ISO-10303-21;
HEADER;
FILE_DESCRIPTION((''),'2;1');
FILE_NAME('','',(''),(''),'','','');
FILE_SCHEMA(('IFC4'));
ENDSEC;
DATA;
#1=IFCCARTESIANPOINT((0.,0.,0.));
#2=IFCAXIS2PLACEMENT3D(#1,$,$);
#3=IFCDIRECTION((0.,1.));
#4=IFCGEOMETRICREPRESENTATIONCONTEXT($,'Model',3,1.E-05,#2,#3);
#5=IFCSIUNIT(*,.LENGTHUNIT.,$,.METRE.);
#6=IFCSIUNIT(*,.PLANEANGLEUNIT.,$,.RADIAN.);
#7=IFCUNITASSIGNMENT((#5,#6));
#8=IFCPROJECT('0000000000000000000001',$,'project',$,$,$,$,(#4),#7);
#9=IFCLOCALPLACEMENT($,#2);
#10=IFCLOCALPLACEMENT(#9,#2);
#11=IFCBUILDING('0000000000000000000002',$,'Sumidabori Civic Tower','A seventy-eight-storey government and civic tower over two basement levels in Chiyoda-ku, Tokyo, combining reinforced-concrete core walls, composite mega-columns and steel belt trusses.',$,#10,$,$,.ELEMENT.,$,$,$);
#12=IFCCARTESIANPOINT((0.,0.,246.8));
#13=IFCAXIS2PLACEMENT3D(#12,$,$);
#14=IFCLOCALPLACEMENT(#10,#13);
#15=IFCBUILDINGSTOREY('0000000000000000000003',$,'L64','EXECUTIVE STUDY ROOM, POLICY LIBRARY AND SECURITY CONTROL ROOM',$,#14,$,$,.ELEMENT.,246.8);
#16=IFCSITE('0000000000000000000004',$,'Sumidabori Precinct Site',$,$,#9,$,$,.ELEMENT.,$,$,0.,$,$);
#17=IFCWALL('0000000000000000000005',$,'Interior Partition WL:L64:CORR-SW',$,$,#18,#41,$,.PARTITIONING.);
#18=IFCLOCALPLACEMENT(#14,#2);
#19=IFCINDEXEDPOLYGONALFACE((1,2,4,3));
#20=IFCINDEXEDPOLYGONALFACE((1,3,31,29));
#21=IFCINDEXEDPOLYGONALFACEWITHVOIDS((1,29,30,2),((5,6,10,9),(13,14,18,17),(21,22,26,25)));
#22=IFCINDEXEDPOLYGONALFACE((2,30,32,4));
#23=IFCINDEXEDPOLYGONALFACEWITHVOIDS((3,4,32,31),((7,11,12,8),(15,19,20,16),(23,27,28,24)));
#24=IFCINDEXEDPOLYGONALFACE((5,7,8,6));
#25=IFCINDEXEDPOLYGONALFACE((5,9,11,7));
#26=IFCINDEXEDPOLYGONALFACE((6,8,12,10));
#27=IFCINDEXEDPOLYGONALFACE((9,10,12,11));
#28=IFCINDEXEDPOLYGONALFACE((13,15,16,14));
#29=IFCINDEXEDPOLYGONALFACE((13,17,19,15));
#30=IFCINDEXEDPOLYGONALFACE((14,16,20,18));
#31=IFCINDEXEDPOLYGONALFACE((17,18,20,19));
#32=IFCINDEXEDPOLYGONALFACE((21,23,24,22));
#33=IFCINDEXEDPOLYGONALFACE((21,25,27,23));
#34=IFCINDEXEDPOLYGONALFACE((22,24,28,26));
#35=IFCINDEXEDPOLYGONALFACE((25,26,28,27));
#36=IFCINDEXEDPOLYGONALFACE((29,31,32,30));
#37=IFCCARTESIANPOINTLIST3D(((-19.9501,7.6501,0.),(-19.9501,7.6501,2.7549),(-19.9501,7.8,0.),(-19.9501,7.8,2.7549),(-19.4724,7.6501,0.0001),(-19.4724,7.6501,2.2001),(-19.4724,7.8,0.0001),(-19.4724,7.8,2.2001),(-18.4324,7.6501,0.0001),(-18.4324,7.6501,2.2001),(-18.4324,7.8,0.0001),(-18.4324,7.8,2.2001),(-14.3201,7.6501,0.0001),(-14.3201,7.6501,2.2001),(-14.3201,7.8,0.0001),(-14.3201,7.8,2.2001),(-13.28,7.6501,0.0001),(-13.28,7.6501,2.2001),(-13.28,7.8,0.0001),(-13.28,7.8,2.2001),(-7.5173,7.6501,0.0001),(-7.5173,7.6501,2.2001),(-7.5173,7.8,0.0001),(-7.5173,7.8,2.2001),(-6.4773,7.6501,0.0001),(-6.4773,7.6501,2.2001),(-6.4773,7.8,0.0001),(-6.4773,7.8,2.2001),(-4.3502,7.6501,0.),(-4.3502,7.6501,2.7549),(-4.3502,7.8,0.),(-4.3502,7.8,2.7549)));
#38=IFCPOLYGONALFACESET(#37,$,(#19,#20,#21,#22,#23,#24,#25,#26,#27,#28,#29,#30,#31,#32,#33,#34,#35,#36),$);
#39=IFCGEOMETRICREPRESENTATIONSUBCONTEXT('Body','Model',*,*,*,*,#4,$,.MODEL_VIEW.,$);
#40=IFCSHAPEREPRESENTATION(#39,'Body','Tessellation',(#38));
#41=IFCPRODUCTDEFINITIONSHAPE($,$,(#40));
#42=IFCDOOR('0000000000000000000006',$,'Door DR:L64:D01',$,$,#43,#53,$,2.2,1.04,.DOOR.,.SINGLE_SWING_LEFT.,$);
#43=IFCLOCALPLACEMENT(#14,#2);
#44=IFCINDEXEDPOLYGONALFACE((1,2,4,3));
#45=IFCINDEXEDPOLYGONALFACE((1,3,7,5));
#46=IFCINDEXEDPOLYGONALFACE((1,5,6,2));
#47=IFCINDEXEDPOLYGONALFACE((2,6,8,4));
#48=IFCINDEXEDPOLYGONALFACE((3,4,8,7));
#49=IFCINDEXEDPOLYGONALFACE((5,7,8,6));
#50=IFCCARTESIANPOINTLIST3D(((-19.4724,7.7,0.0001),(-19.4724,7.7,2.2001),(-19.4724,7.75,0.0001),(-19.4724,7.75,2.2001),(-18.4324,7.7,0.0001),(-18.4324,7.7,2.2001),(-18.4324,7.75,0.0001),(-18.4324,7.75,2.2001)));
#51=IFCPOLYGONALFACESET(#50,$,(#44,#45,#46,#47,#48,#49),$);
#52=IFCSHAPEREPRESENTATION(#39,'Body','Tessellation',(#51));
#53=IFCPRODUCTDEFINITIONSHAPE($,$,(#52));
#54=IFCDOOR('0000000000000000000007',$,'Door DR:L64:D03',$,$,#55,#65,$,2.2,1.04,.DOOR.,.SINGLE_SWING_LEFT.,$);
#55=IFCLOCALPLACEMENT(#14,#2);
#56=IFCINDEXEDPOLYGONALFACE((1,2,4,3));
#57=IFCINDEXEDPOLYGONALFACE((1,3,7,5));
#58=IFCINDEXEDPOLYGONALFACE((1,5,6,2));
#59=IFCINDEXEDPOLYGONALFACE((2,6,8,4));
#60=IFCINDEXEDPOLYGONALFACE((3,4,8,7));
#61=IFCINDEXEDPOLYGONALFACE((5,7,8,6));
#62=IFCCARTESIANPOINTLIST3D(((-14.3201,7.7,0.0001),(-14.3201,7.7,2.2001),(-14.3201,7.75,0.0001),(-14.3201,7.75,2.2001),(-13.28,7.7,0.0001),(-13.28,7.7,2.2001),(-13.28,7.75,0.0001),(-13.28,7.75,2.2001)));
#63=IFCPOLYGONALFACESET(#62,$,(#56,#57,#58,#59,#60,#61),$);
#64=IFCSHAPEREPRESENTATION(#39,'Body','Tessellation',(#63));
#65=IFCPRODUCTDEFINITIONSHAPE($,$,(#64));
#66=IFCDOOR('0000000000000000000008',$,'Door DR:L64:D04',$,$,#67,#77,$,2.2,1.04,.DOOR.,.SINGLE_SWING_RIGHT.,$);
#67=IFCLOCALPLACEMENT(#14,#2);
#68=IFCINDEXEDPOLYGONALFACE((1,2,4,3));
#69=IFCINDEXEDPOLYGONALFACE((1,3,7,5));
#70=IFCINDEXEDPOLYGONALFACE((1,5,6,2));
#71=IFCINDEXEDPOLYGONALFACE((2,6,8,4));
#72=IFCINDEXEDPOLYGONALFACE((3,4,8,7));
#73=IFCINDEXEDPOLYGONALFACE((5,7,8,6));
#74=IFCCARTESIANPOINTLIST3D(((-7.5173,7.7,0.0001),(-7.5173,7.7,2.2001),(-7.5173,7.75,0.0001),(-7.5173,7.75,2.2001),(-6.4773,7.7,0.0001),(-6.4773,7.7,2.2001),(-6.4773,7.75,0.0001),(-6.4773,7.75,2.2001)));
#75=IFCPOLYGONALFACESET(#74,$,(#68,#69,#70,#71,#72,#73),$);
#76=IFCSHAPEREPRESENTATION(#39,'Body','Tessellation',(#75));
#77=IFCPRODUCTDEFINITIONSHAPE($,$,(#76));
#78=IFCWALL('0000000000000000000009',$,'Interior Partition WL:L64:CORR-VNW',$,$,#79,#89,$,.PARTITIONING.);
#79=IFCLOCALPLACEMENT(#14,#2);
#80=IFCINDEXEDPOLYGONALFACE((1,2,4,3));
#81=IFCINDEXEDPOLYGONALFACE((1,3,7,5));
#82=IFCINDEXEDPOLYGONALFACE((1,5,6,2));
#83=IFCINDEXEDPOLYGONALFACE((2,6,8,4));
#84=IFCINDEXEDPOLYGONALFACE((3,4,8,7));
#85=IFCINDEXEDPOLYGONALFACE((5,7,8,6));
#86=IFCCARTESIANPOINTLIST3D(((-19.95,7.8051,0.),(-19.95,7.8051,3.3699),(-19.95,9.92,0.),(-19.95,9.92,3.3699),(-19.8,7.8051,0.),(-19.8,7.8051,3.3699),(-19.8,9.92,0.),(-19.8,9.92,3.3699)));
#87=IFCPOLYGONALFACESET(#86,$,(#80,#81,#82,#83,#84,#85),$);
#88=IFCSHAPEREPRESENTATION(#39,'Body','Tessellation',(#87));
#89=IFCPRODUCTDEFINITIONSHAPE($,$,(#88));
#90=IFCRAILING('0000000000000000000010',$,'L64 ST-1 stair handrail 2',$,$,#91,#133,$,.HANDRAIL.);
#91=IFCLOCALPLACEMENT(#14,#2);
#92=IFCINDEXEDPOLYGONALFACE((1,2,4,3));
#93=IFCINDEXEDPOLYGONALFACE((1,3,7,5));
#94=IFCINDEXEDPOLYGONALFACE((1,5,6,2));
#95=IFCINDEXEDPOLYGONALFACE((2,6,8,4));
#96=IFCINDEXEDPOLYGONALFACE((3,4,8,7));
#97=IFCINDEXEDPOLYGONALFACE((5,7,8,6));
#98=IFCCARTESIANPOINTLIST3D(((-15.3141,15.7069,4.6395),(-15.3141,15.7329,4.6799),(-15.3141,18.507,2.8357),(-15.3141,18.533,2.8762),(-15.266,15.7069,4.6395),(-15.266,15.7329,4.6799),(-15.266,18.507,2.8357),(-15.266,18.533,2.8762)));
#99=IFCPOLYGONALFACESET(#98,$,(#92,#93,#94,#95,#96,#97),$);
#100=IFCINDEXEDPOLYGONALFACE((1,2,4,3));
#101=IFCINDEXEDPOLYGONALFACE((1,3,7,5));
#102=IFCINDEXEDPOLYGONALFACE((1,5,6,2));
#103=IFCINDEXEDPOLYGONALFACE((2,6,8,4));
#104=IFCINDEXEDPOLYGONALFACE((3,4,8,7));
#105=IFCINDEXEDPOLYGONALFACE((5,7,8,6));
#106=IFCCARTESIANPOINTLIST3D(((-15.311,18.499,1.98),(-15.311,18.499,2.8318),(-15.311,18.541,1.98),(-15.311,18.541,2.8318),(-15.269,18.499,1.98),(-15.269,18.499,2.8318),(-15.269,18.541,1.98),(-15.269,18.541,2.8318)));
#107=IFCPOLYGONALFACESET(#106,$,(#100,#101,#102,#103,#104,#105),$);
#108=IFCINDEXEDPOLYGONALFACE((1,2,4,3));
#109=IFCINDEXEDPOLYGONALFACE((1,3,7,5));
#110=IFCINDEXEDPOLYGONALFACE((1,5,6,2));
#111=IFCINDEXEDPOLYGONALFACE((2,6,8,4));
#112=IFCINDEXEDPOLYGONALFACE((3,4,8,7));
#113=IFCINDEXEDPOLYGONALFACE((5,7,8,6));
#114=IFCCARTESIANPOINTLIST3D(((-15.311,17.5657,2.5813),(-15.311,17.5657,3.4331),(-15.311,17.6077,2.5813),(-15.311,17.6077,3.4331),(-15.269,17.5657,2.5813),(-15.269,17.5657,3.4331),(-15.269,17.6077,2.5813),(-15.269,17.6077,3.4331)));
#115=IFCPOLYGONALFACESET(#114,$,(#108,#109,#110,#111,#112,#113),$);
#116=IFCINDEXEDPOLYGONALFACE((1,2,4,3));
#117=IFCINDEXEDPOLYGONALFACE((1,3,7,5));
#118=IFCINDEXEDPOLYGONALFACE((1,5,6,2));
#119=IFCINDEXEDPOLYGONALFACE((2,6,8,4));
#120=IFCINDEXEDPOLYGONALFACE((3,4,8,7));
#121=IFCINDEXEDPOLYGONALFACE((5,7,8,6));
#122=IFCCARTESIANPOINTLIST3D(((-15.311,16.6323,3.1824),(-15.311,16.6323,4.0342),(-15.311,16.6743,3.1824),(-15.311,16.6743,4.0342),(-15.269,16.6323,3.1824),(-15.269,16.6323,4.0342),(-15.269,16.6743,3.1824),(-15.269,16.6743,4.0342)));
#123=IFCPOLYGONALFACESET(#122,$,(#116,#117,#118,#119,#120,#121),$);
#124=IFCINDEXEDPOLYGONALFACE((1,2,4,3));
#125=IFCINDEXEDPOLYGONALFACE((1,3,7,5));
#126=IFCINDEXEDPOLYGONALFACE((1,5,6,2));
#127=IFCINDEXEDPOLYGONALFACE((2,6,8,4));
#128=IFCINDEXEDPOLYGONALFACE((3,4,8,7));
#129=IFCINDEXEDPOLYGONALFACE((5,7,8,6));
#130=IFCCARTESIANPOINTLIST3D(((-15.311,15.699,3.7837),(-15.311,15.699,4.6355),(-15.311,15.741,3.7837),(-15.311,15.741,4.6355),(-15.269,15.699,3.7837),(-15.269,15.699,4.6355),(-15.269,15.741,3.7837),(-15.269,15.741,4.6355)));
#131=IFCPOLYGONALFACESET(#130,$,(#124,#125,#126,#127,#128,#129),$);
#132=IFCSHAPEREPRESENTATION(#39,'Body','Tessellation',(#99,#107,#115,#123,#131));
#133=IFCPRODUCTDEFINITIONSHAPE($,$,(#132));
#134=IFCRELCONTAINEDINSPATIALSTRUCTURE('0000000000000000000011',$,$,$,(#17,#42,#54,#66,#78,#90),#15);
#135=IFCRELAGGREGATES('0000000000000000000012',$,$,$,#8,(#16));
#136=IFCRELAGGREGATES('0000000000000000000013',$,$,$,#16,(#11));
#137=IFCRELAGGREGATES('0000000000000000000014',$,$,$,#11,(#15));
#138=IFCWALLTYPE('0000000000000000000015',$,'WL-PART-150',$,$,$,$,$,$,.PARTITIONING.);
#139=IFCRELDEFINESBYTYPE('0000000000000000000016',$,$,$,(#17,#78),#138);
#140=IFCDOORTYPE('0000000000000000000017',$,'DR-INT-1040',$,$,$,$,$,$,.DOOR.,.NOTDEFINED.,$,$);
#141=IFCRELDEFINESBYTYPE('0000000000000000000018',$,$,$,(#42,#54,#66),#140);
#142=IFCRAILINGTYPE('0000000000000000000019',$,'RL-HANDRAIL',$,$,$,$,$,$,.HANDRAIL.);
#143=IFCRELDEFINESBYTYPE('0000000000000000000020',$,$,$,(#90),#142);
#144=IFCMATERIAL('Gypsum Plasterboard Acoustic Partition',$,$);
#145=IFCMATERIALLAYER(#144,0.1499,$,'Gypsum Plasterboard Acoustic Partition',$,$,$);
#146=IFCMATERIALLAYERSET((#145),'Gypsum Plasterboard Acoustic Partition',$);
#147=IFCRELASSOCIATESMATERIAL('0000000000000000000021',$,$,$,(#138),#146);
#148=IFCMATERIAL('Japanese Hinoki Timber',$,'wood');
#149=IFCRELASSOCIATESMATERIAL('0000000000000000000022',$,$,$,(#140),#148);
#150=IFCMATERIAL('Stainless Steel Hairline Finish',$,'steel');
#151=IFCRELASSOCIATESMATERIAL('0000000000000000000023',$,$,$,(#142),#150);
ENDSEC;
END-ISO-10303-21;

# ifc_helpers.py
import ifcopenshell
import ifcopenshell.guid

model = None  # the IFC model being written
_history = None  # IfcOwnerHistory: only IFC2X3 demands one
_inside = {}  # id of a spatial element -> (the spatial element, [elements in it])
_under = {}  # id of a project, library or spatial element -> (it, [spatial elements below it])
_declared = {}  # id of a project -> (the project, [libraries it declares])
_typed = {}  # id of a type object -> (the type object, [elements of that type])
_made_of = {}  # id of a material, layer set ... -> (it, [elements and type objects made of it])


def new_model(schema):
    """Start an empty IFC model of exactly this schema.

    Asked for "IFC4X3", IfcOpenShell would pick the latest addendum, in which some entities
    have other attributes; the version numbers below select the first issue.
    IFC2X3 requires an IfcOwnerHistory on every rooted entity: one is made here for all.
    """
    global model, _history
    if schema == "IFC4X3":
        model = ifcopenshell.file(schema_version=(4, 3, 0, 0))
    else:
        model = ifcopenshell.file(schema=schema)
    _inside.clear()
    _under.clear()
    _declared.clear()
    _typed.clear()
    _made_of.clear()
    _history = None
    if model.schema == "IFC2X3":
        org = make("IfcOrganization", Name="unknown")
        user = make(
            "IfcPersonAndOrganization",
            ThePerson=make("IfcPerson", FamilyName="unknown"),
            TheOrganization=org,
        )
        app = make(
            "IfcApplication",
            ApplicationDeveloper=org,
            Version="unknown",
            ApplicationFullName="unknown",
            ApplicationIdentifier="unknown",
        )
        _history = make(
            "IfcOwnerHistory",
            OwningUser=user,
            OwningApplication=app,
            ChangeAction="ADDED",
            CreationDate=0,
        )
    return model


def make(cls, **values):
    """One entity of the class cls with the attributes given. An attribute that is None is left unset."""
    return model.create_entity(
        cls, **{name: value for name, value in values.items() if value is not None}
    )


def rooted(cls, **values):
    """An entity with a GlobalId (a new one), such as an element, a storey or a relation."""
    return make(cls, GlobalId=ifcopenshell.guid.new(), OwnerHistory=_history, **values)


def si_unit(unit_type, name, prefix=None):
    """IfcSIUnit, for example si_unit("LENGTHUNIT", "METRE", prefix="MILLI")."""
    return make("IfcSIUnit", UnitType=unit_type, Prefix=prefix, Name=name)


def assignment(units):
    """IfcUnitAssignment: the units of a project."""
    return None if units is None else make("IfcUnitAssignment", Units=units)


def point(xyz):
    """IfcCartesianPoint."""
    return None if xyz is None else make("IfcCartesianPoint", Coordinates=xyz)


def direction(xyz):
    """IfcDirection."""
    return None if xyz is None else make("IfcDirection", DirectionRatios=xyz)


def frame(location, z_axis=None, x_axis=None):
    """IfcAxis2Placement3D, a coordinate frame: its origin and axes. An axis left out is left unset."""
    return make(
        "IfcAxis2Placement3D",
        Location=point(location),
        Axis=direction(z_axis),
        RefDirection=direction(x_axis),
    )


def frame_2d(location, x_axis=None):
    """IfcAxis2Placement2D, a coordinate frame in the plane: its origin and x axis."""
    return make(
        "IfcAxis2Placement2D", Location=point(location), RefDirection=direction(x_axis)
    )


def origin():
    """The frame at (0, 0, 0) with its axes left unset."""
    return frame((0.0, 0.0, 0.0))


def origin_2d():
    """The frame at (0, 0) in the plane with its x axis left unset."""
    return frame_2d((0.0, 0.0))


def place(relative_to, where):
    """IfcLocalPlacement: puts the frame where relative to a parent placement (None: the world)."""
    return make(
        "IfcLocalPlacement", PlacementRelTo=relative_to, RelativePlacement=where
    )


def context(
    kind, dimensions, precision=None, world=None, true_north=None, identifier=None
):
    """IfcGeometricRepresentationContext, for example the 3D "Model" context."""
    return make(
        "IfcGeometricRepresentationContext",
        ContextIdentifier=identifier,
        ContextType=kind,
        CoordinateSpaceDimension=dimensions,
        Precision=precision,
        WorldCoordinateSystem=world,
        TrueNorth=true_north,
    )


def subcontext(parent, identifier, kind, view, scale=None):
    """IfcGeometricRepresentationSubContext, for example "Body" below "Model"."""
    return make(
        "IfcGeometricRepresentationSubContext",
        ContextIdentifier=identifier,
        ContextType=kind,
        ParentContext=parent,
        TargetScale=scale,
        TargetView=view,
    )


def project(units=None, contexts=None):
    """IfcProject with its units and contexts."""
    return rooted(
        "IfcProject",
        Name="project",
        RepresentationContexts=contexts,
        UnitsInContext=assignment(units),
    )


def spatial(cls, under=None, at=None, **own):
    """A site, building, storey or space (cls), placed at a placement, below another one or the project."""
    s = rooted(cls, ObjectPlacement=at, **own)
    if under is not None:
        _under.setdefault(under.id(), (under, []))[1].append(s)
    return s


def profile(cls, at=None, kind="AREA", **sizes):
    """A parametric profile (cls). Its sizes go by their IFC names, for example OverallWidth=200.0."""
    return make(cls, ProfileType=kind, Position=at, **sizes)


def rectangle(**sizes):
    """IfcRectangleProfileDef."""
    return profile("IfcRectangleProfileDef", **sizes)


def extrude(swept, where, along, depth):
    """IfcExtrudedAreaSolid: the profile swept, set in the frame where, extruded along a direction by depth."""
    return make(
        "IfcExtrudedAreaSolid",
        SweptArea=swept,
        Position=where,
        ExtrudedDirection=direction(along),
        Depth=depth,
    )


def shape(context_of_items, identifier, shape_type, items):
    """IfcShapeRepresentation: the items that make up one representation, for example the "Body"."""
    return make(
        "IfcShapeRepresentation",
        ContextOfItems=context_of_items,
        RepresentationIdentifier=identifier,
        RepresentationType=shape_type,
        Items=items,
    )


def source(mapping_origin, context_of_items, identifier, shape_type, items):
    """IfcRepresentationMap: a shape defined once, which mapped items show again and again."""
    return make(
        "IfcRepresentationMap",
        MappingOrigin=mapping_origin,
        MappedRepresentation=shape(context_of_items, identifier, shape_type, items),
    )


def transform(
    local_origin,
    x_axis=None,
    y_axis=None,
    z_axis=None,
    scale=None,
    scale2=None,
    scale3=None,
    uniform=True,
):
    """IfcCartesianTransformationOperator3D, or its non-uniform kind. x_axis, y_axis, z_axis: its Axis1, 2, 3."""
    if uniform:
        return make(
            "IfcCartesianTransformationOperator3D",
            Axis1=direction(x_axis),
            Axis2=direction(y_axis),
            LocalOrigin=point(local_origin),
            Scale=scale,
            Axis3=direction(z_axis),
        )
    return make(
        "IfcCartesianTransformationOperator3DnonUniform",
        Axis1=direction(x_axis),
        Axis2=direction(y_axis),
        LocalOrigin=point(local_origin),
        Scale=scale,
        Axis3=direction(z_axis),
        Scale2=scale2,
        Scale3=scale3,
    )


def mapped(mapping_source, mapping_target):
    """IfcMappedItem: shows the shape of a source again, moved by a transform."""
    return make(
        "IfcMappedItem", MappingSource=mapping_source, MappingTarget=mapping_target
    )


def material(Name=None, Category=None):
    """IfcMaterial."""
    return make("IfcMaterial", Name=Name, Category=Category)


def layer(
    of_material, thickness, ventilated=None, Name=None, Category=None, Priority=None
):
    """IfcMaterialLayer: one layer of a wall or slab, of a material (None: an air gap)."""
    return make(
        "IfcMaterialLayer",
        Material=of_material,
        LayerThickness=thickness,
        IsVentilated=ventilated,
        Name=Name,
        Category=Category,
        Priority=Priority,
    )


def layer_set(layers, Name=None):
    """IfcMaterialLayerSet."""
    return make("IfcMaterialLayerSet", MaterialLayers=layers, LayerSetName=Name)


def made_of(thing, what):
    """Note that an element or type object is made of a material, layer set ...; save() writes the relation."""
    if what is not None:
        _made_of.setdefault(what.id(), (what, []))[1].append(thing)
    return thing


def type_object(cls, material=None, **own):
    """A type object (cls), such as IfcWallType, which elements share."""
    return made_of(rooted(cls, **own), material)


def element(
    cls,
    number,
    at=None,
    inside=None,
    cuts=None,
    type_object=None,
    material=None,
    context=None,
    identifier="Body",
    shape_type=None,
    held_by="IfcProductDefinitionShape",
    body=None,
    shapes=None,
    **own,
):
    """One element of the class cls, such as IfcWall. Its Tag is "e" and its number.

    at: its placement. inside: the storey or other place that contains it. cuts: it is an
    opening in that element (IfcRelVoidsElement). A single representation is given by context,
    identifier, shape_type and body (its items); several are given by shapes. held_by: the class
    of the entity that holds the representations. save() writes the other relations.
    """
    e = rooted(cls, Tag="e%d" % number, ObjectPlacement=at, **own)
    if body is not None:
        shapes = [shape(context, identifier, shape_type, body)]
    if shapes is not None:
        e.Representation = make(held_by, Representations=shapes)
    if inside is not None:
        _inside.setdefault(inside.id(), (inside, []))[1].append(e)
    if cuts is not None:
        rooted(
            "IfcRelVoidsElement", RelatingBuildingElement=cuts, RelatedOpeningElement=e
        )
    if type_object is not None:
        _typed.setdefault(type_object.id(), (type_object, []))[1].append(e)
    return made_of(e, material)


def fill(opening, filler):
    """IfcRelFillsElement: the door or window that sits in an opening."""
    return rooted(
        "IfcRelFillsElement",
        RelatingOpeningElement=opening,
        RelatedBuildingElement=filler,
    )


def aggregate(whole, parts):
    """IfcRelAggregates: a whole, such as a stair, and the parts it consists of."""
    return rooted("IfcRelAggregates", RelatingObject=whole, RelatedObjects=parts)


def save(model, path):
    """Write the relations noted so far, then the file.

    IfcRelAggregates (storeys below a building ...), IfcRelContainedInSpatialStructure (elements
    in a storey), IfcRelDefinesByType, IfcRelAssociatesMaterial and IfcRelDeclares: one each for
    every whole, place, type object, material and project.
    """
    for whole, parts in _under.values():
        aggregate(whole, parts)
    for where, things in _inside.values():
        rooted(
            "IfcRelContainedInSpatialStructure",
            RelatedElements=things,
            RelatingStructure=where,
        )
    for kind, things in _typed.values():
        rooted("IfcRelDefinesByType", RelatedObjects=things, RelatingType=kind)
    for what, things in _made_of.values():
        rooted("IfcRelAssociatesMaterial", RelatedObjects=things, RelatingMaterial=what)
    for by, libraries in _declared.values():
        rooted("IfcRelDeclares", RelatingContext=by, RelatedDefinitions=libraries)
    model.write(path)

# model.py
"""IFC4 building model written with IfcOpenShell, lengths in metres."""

from ifc_helpers import new_model, si_unit, direction, frame, frame_2d, origin, origin_2d, place, context, subcontext, project, spatial, rectangle, extrude, source, transform, mapped, material, layer, layer_set, type_object, element, fill, save


model = new_model("IFC4")

# Units and contexts
model_context = context("Model", 3, precision=1e-05, world=origin(), true_north=direction((0.0, 1.0)))
body_context = subcontext(model_context, "Body", "Model", "MODEL_VIEW")
ifc_project = project(units=[si_unit("LENGTHUNIT", "METRE"), si_unit("PLANEANGLEUNIT", "RADIAN")], contexts=[model_context])

# Site, building, storey
site_placement = place(None, origin())
site = spatial("IfcSite", under=ifc_project, at=site_placement, Name="Sumidabori Precinct Site", CompositionType="ELEMENT", RefElevation=0.0)
building_placement = place(site_placement, origin())
building = spatial("IfcBuilding", under=site, at=building_placement, Name="Sumidabori Civic Tower", Description="A seventy-eight-storey government and civic tower over two basement levels in Chiyoda-ku, Tokyo, combining reinforced-concrete core walls, composite mega-columns and steel belt trusses.", CompositionType="ELEMENT")
storey_placement = place(building_placement, frame((0.0, 0.0, 246.8)))
storey = spatial("IfcBuildingStorey", under=building, at=storey_placement, Name="L64", Description="EXECUTIVE STUDY ROOM, POLICY LIBRARY AND SECURITY CONTROL ROOM", CompositionType="ELEMENT", Elevation=246.8)

# Shared definitions
ifc_material_1 = material(Name="Gypsum Plasterboard Acoustic Partition")
ifc_layer_1 = layer(ifc_material_1, 0.1499, Name="Gypsum Plasterboard Acoustic Partition")
ifc_layer_set_1 = layer_set([ifc_layer_1], Name="Gypsum Plasterboard Acoustic Partition")
wall_type_1 = type_object("IfcWallType", Name="WL-PART-150", PredefinedType="PARTITIONING", material=ifc_layer_set_1)
ifc_material_2 = material(Name="Japanese Hinoki Timber", Category="wood")
door_type_1 = type_object("IfcDoorType", Name="DR-INT-1040", OperationType="NOTDEFINED", PredefinedType="DOOR", material=ifc_material_2)
shared_shape_1 = source(origin(), body_context, "Body", "SweptSolid", [
    extrude(rectangle(XDim=1.04, YDim=2.2, at=frame_2d((0.52, 1.1001))), frame((0.0, 0.0249, 0.0), z_axis=(0.0, -1.0, 0.0), x_axis=(1.0, 0.0, 0.0)), (0.0, 0.0, 1.0), 0.05),
])

# Wall, openings, doors
shared_shape_2 = source(origin(), body_context, "Body", "SweptSolid", [
    extrude(rectangle(XDim=15.5999, YDim=0.1499, at=frame_2d((7.7998, 0.0))), origin(), (0.0, 0.0, 1.0), 2.7549),
])
wall_1_placement = place(storey_placement, frame((-19.95, 7.7251, 0.0), z_axis=(0.0, 0.0, 1.0), x_axis=(1.0, 0.0, 0.0)))
wall_1 = element("IfcWall", 1, at=wall_1_placement, inside=storey, type_object=wall_type_1, Name="Interior Partition WL:L64:CORR-SW", PredefinedType="PARTITIONING", context=body_context, shape_type="MappedRepresentation", body=[
    mapped(shared_shape_2, transform((0.0, 0.0, 0.0), x_axis=(1.0, 0.0, 0.0), y_axis=(0.0, 1.0, 0.0), z_axis=(0.0, 0.0, 1.0), scale=1.0)),
])
opening_1_placement = place(wall_1_placement, frame((0.4775, 0.0, 0.0)))
opening_1 = element("IfcOpeningElement", 2, at=opening_1_placement, cuts=wall_1, PredefinedType="OPENING", context=body_context, shape_type="SweptSolid", body=[
    extrude(rectangle(XDim=1.04, YDim=2.2, at=frame_2d((0.52, 1.1001))), frame((0.0, 0.0869, 0.0), z_axis=(0.0, -1.0, 0.0), x_axis=(1.0, 0.0, 0.0)), (0.0, 0.0, 1.0), 0.1738),
])
opening_2_placement = place(wall_1_placement, frame((5.6299, 0.0, 0.0)))
opening_2 = element("IfcOpeningElement", 3, at=opening_2_placement, cuts=wall_1, PredefinedType="OPENING", context=body_context, shape_type="SweptSolid", body=[
    extrude(rectangle(XDim=1.04, YDim=2.2, at=frame_2d((0.52, 1.1001))), frame((0.0, 0.0869, 0.0), z_axis=(0.0, -1.0, 0.0), x_axis=(1.0, 0.0, 0.0)), (0.0, 0.0, 1.0), 0.1738),
])
opening_3_placement = place(wall_1_placement, frame((12.4326, 0.0, 0.0)))
opening_3 = element("IfcOpeningElement", 4, at=opening_3_placement, cuts=wall_1, PredefinedType="OPENING", context=body_context, shape_type="SweptSolid", body=[
    extrude(rectangle(XDim=1.04, YDim=2.2, at=frame_2d((0.52, 1.1001))), frame((0.0, 0.0869, 0.0), z_axis=(0.0, -1.0, 0.0), x_axis=(1.0, 0.0, 0.0)), (0.0, 0.0, 1.0), 0.1738),
])
door_1_placement = place(opening_1_placement, origin())
door_1 = element("IfcDoor", 5, at=door_1_placement, inside=storey, type_object=door_type_1, Name="Door DR:L64:D01", OperationType="SINGLE_SWING_LEFT", OverallHeight=2.2, OverallWidth=1.04, PredefinedType="DOOR", context=body_context, shape_type="MappedRepresentation", body=[
    mapped(shared_shape_1, transform((0.0, 0.0, 0.0), x_axis=(1.0, 0.0, 0.0), y_axis=(0.0, 1.0, 0.0), z_axis=(0.0, 0.0, 1.0), scale=1.0)),
])
fill(opening_1, door_1)
door_2_placement = place(opening_2_placement, origin())
door_2 = element("IfcDoor", 6, at=door_2_placement, inside=storey, type_object=door_type_1, Name="Door DR:L64:D03", OperationType="SINGLE_SWING_LEFT", OverallHeight=2.2, OverallWidth=1.04, PredefinedType="DOOR", context=body_context, shape_type="MappedRepresentation", body=[
    mapped(shared_shape_1, transform((0.0, 0.0, 0.0), x_axis=(1.0, 0.0, 0.0), y_axis=(0.0, 1.0, 0.0), z_axis=(0.0, 0.0, 1.0), scale=1.0)),
])
fill(opening_2, door_2)
door_3_placement = place(opening_3_placement, origin())
door_3 = element("IfcDoor", 7, at=door_3_placement, inside=storey, type_object=door_type_1, Name="Door DR:L64:D04", OperationType="SINGLE_SWING_RIGHT", OverallHeight=2.2, OverallWidth=1.04, PredefinedType="DOOR", context=body_context, shape_type="MappedRepresentation", body=[
    mapped(shared_shape_1, transform((0.0, 0.0, 0.0), x_axis=(1.0, 0.0, 0.0), y_axis=(0.0, 1.0, 0.0), z_axis=(0.0, 0.0, 1.0), scale=1.0)),
])
fill(opening_3, door_3)

# Wall
shared_shape_3 = source(origin(), body_context, "Body", "SweptSolid", [
    extrude(rectangle(XDim=2.115, YDim=0.1499, at=frame_2d((1.0576, 0.0))), origin(), (0.0, 0.0, 1.0), 3.3699),
])
wall_2_placement = place(storey_placement, frame((-19.875, 7.8049, 0.0), z_axis=(0.0, 0.0, 1.0), x_axis=(0.0, 1.0, 0.0)))
element("IfcWall", 8, at=wall_2_placement, inside=storey, type_object=wall_type_1, Name="Interior Partition WL:L64:CORR-VNW", PredefinedType="PARTITIONING", context=body_context, shape_type="MappedRepresentation", body=[
    mapped(shared_shape_3, transform((0.0, 0.0, 0.0), x_axis=(1.0, 0.0, 0.0), y_axis=(0.0, 1.0, 0.0), z_axis=(0.0, 0.0, 1.0), scale=1.0)),
])

# Railing
ifc_material_3 = material(Name="Stainless Steel Hairline Finish", Category="steel")
railing_type = type_object("IfcRailingType", Name="RL-HANDRAIL", PredefinedType="HANDRAIL", material=ifc_material_3)
railing_placement = place(storey_placement, frame((-15.29, 18.52, 1.98)))
element("IfcRailing", 9, at=railing_placement, inside=storey, type_object=railing_type, Name="L64 ST-1 stair handrail 2", PredefinedType="HANDRAIL", context=body_context, shape_type="SweptSolid", body=[
    extrude(rectangle(XDim=0.0481, YDim=0.0481, at=origin_2d()), frame((0.0, 0.0, 0.876), z_axis=(0.0, -0.840676, 0.541539), x_axis=(1.0, 0.0, 0.0)), (0.0, 0.0, 1.0), 3.3308),
    extrude(rectangle(XDim=0.042, YDim=0.042, at=origin_2d()), origin(), (0.0, 0.0, 1.0), 0.8518),
    extrude(rectangle(XDim=0.042, YDim=0.042, at=origin_2d()), frame((0.0, -0.9333, 0.6013)), (0.0, 0.0, 1.0), 0.8518),
    extrude(rectangle(XDim=0.042, YDim=0.042, at=origin_2d()), frame((0.0, -1.8667, 1.2024)), (0.0, 0.0, 1.0), 0.8518),
    extrude(rectangle(XDim=0.042, YDim=0.042, at=origin_2d()), frame((0.0, -2.8, 1.8037)), (0.0, 0.0, 1.0), 0.8518),
])

save(model, "model.ifc")
